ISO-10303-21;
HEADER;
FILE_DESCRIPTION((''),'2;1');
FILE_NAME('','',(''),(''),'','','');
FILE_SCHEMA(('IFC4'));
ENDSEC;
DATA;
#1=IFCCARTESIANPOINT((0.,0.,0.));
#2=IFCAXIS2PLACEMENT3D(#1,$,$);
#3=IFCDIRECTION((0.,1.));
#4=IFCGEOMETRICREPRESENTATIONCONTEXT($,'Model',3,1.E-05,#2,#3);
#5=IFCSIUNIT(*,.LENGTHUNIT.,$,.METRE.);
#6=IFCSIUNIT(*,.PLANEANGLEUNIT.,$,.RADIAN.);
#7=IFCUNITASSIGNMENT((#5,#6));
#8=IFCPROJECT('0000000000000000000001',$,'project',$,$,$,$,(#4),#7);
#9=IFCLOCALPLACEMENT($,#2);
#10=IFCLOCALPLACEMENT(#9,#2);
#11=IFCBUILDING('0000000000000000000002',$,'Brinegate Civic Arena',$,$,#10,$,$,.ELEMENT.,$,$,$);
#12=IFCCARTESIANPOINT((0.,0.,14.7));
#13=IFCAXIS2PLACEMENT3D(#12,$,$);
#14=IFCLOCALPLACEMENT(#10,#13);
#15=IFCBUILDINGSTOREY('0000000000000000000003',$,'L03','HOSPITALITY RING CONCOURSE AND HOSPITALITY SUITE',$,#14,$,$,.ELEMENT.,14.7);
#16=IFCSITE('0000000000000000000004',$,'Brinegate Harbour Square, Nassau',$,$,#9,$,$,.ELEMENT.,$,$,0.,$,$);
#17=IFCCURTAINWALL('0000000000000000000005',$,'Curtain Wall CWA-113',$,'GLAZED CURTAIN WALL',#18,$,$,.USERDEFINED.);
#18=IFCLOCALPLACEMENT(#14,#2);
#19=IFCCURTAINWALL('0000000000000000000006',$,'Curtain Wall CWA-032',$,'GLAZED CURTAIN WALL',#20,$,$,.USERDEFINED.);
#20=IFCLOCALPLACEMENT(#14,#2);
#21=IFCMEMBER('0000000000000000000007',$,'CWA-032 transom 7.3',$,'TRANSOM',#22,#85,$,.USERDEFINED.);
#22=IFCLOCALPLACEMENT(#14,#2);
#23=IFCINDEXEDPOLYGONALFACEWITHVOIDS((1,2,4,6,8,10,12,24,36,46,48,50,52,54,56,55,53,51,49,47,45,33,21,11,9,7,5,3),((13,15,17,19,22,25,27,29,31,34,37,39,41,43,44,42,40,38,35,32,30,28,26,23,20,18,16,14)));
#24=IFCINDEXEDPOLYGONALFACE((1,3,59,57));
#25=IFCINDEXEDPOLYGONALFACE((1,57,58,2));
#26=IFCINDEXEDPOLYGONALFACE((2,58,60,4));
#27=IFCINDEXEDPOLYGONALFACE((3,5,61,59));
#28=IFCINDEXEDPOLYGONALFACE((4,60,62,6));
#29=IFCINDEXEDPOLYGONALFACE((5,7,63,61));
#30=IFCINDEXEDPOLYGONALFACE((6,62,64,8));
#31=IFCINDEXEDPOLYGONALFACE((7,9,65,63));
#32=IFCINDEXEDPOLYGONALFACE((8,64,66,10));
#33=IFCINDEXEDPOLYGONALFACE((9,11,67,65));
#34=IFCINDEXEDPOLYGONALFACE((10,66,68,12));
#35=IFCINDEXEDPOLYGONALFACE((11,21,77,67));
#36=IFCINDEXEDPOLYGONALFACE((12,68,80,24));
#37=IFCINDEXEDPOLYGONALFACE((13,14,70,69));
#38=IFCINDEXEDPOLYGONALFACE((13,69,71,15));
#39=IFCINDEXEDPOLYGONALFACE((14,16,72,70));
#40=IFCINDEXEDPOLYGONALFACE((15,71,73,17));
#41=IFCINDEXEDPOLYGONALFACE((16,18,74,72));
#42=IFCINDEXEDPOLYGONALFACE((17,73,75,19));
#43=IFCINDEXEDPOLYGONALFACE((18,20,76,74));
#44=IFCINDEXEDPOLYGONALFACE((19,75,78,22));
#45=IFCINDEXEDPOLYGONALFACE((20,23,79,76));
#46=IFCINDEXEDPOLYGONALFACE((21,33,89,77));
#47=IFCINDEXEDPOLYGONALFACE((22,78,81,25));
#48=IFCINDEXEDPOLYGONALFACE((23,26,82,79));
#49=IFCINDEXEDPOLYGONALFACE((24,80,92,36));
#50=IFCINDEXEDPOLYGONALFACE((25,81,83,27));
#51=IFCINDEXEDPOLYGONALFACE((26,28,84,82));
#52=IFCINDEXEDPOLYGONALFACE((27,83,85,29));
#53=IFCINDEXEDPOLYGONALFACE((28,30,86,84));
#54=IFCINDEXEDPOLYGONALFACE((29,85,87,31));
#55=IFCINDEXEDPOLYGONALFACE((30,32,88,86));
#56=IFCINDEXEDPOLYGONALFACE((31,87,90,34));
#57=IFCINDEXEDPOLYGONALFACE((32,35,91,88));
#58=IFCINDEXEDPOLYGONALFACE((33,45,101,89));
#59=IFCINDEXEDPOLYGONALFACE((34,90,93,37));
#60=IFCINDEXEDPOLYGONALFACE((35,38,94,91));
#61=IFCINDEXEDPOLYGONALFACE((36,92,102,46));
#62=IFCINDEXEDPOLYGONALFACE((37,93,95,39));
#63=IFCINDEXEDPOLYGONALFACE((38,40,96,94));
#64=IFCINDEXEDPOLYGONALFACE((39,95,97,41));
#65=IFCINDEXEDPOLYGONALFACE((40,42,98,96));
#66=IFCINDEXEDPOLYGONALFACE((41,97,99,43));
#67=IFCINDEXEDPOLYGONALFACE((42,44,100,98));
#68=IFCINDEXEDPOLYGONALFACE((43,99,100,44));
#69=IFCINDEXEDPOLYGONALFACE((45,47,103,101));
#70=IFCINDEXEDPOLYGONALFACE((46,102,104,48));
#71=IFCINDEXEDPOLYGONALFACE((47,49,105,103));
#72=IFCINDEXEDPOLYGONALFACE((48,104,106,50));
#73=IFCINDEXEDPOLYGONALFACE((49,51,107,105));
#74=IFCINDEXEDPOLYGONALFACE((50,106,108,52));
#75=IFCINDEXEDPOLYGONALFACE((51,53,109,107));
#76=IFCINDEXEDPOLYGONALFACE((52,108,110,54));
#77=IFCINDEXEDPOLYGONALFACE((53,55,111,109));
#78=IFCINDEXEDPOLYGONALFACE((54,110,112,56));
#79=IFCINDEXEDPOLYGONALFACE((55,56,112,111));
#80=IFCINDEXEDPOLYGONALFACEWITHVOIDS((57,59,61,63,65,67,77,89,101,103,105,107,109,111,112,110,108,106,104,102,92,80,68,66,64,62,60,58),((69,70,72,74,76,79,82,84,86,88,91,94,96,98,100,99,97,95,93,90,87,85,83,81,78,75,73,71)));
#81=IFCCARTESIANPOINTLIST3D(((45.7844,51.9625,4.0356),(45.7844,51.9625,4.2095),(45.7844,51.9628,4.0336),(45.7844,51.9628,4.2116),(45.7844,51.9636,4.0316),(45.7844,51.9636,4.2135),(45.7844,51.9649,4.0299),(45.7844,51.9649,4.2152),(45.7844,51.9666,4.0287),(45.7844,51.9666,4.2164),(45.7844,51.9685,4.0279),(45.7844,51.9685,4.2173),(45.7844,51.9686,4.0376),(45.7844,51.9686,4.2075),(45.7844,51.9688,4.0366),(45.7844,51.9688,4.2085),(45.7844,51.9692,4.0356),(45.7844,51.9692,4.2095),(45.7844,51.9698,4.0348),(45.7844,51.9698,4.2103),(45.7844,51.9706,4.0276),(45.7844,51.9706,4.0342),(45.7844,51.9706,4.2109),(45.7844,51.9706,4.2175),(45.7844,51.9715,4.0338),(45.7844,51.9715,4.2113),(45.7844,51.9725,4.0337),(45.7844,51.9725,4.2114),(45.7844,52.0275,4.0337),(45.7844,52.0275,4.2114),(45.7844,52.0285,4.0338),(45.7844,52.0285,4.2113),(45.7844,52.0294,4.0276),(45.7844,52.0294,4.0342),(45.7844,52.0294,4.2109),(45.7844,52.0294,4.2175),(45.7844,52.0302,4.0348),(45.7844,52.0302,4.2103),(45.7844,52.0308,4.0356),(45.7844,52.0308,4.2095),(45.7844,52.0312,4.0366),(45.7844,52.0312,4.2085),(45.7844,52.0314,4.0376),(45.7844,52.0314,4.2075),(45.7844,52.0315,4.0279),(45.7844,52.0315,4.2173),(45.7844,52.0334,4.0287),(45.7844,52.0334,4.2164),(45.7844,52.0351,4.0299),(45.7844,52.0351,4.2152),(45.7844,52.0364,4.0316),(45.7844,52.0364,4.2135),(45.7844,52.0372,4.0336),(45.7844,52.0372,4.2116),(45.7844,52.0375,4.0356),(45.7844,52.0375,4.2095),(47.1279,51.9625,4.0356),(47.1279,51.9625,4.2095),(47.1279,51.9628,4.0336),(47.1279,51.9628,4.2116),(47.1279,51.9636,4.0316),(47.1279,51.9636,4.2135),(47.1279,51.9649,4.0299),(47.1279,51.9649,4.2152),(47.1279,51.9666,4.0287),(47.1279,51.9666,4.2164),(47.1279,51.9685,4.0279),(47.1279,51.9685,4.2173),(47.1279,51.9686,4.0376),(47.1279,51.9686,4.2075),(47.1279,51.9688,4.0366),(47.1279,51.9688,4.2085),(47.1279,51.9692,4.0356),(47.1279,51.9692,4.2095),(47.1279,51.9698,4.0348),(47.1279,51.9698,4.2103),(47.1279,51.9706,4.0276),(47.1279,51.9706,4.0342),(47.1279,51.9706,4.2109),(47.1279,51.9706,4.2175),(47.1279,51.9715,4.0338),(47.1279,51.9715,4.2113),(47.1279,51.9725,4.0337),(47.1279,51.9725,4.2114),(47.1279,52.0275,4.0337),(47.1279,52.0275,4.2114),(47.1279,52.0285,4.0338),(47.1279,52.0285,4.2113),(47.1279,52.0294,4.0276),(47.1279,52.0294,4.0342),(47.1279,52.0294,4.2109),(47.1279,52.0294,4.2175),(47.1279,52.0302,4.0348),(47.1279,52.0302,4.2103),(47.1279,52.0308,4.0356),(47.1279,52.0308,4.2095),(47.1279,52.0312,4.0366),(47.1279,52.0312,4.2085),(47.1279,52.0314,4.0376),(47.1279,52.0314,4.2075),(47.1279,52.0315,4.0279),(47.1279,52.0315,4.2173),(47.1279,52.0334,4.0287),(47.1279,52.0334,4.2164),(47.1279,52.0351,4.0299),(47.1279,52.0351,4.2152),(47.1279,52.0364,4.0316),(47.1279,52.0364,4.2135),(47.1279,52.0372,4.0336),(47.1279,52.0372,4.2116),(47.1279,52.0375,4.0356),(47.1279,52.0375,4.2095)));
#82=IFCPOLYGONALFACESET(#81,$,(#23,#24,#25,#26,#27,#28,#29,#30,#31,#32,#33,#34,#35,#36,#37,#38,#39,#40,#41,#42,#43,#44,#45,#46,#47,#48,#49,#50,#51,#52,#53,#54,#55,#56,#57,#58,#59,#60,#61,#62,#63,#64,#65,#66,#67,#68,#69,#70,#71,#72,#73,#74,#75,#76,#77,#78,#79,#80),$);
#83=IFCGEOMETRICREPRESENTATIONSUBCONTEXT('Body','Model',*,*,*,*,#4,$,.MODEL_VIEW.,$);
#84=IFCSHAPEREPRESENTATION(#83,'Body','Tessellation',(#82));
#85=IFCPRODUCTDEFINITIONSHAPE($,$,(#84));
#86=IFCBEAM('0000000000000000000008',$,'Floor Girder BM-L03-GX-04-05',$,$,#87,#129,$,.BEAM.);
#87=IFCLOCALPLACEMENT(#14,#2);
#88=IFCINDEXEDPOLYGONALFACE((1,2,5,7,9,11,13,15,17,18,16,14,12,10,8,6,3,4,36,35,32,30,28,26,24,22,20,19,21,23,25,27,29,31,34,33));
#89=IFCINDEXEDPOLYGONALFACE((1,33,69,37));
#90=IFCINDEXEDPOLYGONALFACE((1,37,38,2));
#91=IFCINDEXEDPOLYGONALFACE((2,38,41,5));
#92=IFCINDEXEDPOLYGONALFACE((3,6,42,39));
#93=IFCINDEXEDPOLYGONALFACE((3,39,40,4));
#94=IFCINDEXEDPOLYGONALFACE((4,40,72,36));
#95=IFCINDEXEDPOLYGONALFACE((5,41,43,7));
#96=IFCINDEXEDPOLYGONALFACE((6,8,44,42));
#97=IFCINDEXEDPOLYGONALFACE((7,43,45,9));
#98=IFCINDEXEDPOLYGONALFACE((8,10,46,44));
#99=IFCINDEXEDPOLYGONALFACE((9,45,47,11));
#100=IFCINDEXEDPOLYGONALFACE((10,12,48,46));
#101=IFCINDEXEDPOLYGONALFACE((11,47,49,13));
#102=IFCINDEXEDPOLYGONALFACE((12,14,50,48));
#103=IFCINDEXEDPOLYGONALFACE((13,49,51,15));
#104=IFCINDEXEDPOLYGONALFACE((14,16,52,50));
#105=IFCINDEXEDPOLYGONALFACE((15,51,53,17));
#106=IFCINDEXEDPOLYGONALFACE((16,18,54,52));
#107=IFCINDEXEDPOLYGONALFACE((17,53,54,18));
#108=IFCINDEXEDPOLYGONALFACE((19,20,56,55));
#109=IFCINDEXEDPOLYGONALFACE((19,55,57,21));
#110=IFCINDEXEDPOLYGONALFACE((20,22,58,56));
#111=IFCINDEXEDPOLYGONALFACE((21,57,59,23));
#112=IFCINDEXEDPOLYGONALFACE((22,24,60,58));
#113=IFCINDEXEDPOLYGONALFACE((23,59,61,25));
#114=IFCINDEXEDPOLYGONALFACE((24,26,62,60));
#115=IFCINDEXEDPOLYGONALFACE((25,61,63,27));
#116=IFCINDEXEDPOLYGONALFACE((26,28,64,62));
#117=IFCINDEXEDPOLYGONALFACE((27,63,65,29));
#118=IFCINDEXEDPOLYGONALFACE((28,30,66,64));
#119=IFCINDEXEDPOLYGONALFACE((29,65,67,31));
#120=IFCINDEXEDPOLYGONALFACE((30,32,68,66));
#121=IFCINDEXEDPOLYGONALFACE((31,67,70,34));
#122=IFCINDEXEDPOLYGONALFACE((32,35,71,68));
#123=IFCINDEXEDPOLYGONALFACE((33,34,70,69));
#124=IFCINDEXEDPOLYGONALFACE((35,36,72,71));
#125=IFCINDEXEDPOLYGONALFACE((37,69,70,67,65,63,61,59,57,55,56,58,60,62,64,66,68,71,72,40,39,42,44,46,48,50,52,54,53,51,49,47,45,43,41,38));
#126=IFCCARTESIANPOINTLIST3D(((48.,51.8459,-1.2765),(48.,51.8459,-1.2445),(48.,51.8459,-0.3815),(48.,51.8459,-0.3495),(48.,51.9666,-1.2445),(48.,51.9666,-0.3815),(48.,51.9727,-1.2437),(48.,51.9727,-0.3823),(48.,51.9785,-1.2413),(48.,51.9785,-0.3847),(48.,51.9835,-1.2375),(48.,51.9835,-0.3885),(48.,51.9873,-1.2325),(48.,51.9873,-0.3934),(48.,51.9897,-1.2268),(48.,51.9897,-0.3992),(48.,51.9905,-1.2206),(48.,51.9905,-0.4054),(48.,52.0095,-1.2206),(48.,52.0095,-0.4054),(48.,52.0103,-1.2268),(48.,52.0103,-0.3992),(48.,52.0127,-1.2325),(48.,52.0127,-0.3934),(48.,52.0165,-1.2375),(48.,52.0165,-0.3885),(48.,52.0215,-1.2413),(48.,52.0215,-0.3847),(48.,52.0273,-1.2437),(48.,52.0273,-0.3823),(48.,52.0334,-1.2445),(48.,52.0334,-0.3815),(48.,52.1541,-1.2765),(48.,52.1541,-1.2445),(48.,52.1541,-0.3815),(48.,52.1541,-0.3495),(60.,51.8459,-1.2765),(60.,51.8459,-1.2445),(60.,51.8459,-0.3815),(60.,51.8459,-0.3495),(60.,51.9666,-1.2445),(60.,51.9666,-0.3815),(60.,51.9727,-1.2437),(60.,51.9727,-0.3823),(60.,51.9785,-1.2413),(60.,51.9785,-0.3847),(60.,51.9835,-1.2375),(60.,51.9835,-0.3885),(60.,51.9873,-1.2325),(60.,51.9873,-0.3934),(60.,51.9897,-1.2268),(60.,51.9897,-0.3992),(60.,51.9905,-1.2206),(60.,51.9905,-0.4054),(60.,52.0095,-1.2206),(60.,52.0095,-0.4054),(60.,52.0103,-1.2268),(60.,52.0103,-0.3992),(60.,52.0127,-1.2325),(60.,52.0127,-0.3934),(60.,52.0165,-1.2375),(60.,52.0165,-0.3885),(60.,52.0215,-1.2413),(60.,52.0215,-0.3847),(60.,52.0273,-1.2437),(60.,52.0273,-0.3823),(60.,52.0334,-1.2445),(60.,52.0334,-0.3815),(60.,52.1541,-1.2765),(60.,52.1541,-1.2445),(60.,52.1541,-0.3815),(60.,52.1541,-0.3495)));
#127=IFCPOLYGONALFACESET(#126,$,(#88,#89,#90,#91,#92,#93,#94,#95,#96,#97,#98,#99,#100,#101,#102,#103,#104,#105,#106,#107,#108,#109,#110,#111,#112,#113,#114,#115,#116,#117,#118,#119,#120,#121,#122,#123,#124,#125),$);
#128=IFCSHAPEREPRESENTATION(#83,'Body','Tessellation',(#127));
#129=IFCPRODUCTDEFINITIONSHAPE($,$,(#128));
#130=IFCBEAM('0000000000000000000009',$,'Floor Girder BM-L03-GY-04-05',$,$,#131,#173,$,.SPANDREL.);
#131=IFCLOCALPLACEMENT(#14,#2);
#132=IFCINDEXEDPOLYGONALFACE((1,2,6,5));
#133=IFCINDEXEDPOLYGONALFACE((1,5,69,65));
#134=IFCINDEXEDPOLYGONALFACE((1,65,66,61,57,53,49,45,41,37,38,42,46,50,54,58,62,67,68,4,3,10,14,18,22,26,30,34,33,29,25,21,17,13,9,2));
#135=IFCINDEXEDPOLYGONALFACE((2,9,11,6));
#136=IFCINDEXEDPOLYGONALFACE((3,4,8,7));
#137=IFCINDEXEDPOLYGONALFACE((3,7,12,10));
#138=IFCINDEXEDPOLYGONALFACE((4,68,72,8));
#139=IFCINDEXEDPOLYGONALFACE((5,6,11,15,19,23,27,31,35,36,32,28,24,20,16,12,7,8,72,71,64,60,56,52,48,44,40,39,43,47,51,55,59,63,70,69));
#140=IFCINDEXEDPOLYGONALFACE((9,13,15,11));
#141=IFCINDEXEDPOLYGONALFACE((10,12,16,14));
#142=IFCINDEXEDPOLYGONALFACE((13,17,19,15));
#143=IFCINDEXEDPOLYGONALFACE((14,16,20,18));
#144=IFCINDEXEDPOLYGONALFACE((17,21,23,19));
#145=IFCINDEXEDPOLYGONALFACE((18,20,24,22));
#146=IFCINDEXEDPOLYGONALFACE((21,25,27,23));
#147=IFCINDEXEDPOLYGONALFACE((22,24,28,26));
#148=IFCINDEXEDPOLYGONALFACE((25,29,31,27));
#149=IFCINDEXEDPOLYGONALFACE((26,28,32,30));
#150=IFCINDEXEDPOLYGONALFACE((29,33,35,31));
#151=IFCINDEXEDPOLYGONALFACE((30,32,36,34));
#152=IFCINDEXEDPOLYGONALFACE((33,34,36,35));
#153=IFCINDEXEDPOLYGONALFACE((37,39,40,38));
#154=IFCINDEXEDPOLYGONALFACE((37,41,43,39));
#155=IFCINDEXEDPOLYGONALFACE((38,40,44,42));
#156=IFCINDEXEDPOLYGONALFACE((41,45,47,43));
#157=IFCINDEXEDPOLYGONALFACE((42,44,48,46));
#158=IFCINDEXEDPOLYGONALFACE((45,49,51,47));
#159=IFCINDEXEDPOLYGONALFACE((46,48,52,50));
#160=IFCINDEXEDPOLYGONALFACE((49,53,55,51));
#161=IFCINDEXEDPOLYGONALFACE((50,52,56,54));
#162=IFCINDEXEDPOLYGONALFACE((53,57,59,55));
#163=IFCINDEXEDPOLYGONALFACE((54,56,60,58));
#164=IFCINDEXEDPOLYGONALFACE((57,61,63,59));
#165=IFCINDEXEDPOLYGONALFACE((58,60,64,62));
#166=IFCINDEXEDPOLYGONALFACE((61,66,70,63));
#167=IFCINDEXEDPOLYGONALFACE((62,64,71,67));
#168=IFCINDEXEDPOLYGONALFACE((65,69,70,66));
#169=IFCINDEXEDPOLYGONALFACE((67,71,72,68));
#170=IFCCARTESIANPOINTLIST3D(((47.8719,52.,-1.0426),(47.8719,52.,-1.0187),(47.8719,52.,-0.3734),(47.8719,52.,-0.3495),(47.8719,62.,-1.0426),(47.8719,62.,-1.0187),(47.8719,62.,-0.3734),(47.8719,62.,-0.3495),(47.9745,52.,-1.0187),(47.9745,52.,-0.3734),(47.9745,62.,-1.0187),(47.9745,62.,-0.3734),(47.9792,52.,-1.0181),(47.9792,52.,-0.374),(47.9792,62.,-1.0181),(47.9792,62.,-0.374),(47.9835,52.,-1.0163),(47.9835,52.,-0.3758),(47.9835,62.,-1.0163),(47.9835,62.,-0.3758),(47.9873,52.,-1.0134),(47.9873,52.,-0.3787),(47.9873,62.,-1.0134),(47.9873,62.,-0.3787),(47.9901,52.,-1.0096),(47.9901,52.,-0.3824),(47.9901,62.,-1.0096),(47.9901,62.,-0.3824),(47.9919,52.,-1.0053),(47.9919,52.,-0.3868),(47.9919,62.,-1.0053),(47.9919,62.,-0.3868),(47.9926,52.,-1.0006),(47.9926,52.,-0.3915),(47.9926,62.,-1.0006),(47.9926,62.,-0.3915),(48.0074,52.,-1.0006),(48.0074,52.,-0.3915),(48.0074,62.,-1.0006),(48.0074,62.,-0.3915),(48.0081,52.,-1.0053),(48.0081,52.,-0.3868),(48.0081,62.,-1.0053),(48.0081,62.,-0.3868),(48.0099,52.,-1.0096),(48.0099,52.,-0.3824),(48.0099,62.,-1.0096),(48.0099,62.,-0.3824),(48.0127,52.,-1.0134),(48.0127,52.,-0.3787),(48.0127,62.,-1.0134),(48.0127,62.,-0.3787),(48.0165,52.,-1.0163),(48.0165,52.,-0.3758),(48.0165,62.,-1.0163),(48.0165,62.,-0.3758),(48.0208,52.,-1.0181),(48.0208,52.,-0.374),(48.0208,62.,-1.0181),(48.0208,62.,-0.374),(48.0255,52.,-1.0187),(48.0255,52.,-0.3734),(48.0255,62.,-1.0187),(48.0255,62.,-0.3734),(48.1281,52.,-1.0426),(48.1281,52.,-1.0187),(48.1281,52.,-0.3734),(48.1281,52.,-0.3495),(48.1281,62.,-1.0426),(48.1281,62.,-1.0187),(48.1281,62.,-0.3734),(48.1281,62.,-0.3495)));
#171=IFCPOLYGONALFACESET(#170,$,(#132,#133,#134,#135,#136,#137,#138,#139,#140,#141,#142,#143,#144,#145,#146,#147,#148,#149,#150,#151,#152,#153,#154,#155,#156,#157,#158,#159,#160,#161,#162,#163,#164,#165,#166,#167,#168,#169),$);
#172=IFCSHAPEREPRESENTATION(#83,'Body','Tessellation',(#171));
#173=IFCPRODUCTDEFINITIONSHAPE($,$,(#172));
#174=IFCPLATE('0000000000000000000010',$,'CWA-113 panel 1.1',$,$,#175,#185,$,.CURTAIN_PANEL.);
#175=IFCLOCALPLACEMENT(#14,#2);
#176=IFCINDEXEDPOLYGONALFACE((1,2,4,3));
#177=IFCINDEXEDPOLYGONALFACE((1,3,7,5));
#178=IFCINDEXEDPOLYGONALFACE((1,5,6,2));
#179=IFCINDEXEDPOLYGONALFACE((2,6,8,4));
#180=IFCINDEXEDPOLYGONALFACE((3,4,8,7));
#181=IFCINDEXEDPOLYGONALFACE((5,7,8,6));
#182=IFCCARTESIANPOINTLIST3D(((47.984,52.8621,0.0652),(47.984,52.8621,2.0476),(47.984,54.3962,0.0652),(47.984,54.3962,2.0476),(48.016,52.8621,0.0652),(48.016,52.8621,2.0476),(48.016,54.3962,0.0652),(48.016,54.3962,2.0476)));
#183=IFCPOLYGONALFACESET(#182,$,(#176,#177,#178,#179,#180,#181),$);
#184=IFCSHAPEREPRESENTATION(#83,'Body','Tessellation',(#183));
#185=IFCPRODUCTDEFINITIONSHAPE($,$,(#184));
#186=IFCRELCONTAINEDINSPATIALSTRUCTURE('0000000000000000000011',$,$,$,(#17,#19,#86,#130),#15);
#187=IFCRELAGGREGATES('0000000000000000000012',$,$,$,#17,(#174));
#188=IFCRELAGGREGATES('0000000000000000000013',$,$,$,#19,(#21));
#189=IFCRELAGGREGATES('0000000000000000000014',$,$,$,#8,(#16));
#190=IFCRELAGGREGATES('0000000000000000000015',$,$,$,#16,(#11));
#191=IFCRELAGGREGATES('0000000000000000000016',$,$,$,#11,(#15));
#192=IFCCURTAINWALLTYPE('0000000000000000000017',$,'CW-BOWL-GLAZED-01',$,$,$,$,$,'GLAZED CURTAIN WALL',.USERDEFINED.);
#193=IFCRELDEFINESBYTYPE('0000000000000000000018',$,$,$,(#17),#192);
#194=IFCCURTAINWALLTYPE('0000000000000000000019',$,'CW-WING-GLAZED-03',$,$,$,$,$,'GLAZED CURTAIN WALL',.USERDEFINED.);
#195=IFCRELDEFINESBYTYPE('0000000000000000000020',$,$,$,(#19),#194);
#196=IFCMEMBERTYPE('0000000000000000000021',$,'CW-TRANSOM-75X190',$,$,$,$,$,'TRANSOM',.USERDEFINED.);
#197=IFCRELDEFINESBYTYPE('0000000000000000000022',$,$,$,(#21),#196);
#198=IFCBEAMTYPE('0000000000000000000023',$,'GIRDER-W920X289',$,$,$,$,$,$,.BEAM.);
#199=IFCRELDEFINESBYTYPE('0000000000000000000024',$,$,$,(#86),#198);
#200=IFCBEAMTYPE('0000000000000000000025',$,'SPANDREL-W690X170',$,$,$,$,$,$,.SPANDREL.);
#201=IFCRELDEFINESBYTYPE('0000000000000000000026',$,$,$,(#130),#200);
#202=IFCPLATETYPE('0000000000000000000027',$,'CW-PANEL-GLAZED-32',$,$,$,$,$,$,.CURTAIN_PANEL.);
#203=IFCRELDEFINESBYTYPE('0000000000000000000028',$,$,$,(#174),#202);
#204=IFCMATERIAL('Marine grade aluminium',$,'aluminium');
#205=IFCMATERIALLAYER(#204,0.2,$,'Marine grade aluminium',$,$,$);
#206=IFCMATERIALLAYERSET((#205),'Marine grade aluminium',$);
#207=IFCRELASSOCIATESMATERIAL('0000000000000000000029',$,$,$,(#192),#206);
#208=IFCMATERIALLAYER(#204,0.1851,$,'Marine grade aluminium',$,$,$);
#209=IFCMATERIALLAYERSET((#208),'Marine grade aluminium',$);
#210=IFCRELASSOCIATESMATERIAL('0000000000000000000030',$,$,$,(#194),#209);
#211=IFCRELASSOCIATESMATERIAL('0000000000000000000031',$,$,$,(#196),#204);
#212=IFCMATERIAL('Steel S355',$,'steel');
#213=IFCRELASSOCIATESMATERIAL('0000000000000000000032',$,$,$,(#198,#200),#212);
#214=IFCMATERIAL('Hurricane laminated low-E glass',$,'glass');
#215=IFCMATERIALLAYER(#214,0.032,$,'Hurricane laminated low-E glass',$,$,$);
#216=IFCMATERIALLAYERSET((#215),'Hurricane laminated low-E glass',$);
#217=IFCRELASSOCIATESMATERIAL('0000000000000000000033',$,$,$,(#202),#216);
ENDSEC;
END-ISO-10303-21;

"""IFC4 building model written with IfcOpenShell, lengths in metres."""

from ifc_helpers import new_model, si_unit, direction, frame, origin, origin_2d, place, context, subcontext, project, spatial, rectangle, hollow_rectangle, i_section, extrude, material, layer, layer_set, material_profile, profile_set, type_object, element, aggregate, save


model = new_model("IFC4")

# Units and contexts
model_context = context("Model", 3, precision=1e-05, world=origin(), true_north=direction((0.0, 1.0)))
body_context = subcontext(model_context, "Body", "Model", "MODEL_VIEW")
ifc_project = project(units=[si_unit("LENGTHUNIT", "METRE"), si_unit("PLANEANGLEUNIT", "RADIAN")], contexts=[model_context])

# Site, building, storey
site_placement = place(None, origin())
site = spatial("IfcSite", under=ifc_project, at=site_placement, Name="Brinegate Harbour Square, Nassau", CompositionType="ELEMENT", RefElevation=0.0)
building_placement = place(site_placement, origin())
building = spatial("IfcBuilding", under=site, at=building_placement, Name="Brinegate Civic Arena", CompositionType="ELEMENT")
storey_placement = place(building_placement, frame((0.0, 0.0, 14.7)))
storey = spatial("IfcBuildingStorey", under=building, at=storey_placement, Name="L03", Description="HOSPITALITY RING CONCOURSE AND HOSPITALITY SUITE", CompositionType="ELEMENT", Elevation=14.7)

# Shared definitions
ifc_material_1 = material(Name="Steel S355", Category="steel")

# Curtain wall
ifc_material_2 = material(Name="Marine grade aluminium", Category="aluminium")
ifc_layer_1 = layer(ifc_material_2, 0.2, Name="Marine grade aluminium")
ifc_layer_set_1 = layer_set([ifc_layer_1], Name="Marine grade aluminium")
curtain_wall_type_1 = type_object("IfcCurtainWallType", Name="CW-BOWL-GLAZED-01", ElementType="GLAZED CURTAIN WALL", PredefinedType="USERDEFINED", material=ifc_layer_set_1)
curtain_wall_1_placement = place(storey_placement, origin())
curtain_wall_1 = element("IfcCurtainWall", 1, at=curtain_wall_1_placement, inside=storey, type_object=curtain_wall_type_1, Name="Curtain Wall CWA-113", ObjectType="GLAZED CURTAIN WALL", PredefinedType="USERDEFINED")

# Curtain wall
ifc_layer_2 = layer(ifc_material_2, 0.1851, Name="Marine grade aluminium")
ifc_layer_set_2 = layer_set([ifc_layer_2], Name="Marine grade aluminium")
curtain_wall_type_2 = type_object("IfcCurtainWallType", Name="CW-WING-GLAZED-03", ElementType="GLAZED CURTAIN WALL", PredefinedType="USERDEFINED", material=ifc_layer_set_2)
curtain_wall_2_placement = place(storey_placement, origin())
curtain_wall_2 = element("IfcCurtainWall", 2, at=curtain_wall_2_placement, inside=storey, type_object=curtain_wall_type_2, Name="Curtain Wall CWA-032", ObjectType="GLAZED CURTAIN WALL", PredefinedType="USERDEFINED")

# Member
ifc_material_profile_1 = material_profile(ifc_material_2, hollow_rectangle(XDim=0.075, YDim=0.1899, WallThickness=0.0061, InnerFilletRadius=0.0039, OuterFilletRadius=0.0081, at=origin_2d()), Name="TRN75X190")
ifc_profile_set_1 = profile_set([ifc_material_profile_1], Name="Marine grade aluminium")
member_type_1 = type_object("IfcMemberType", Name="CW-TRANSOM-75X190", ElementType="TRANSOM", PredefinedType="USERDEFINED", material=ifc_profile_set_1)
member_1_placement = place(storey_placement, frame((45.7844, 52.0, 4.1226), z_axis=(1.0, 0.0, 0.0), x_axis=(0.0, 1.0, 0.0)))
member_1 = element("IfcMember", 3, at=member_1_placement, type_object=member_type_1, Name="CWA-032 transom 7.3", ObjectType="TRANSOM", PredefinedType="USERDEFINED", context=body_context, shape_type="SweptSolid", body=[
    extrude(hollow_rectangle(XDim=0.075, YDim=0.1899, WallThickness=0.0061, InnerFilletRadius=0.0039, OuterFilletRadius=0.0081, at=origin_2d()), origin(), (0.0, 0.0, 1.0), 1.3435),
])

# Beams
ifc_material_profile_2 = material_profile(ifc_material_1, i_section(OverallWidth=0.3081, OverallDepth=0.927, WebThickness=0.019, FlangeThickness=0.032, FilletRadius=0.0239, at=origin_2d()), Name="W920X289")
ifc_profile_set_2 = profile_set([ifc_material_profile_2], Name="Steel S355")
beam_type_1 = type_object("IfcBeamType", Name="GIRDER-W920X289", PredefinedType="BEAM", material=ifc_profile_set_2)
beam_1_placement = place(storey_placement, frame((48.0, 52.0, -0.813), z_axis=(1.0, 0.0, 0.0), x_axis=(0.0, 1.0, 0.0)))
element("IfcBeam", 4, at=beam_1_placement, inside=storey, type_object=beam_type_1, Name="Floor Girder BM-L03-GX-04-05", PredefinedType="BEAM", context=body_context, shape_type="SweptSolid", body=[
    extrude(i_section(OverallWidth=0.3081, OverallDepth=0.927, WebThickness=0.019, FlangeThickness=0.032, FilletRadius=0.0239, at=origin_2d()), origin(), (0.0, 0.0, 1.0), 12.0),
])
ifc_material_profile_3 = material_profile(ifc_material_1, i_section(OverallWidth=0.2561, OverallDepth=0.6931, WebThickness=0.0149, FlangeThickness=0.0239, FilletRadius=0.0181, at=origin_2d()), Name="W690X170")
ifc_profile_set_3 = profile_set([ifc_material_profile_3], Name="Steel S355")
beam_type_2 = type_object("IfcBeamType", Name="SPANDREL-W690X170", PredefinedType="SPANDREL", material=ifc_profile_set_3)
beam_2_placement = place(storey_placement, frame((48.0, 52.0, -0.696), z_axis=(0.0, 1.0, 0.0), x_axis=(-1.0, 0.0, 0.0)))
element("IfcBeam", 5, at=beam_2_placement, inside=storey, type_object=beam_type_2, Name="Floor Girder BM-L03-GY-04-05", PredefinedType="SPANDREL", context=body_context, shape_type="SweptSolid", body=[
    extrude(i_section(OverallWidth=0.2561, OverallDepth=0.6931, WebThickness=0.0149, FlangeThickness=0.0239, FilletRadius=0.0181, at=origin_2d()), origin(), (0.0, 0.0, 1.0), 10.0),
])

# Plate
ifc_material_3 = material(Name="Hurricane laminated low-E glass", Category="glass")
ifc_layer_3 = layer(ifc_material_3, 0.032, Name="Hurricane laminated low-E glass")
ifc_layer_set_3 = layer_set([ifc_layer_3], Name="Hurricane laminated low-E glass")
plate_type_1 = type_object("IfcPlateType", Name="CW-PANEL-GLAZED-32", PredefinedType="CURTAIN_PANEL", material=ifc_layer_set_3)
plate_1_placement = place(storey_placement, frame((48.0, 53.6292, 0.0652), z_axis=(0.0, 0.0, 1.0), x_axis=(0.0, 1.0, 0.0)))
plate_1 = element("IfcPlate", 6, at=plate_1_placement, type_object=plate_type_1, Name="CWA-113 panel 1.1", PredefinedType="CURTAIN_PANEL", context=body_context, shape_type="SweptSolid", body=[
    extrude(rectangle(XDim=1.5342, YDim=0.032, at=origin_2d()), origin(), (0.0, 0.0, 1.0), 1.9824),
])
aggregate(curtain_wall_1, [plate_1])
aggregate(curtain_wall_2, [member_1])

save(model, "model.ifc")
